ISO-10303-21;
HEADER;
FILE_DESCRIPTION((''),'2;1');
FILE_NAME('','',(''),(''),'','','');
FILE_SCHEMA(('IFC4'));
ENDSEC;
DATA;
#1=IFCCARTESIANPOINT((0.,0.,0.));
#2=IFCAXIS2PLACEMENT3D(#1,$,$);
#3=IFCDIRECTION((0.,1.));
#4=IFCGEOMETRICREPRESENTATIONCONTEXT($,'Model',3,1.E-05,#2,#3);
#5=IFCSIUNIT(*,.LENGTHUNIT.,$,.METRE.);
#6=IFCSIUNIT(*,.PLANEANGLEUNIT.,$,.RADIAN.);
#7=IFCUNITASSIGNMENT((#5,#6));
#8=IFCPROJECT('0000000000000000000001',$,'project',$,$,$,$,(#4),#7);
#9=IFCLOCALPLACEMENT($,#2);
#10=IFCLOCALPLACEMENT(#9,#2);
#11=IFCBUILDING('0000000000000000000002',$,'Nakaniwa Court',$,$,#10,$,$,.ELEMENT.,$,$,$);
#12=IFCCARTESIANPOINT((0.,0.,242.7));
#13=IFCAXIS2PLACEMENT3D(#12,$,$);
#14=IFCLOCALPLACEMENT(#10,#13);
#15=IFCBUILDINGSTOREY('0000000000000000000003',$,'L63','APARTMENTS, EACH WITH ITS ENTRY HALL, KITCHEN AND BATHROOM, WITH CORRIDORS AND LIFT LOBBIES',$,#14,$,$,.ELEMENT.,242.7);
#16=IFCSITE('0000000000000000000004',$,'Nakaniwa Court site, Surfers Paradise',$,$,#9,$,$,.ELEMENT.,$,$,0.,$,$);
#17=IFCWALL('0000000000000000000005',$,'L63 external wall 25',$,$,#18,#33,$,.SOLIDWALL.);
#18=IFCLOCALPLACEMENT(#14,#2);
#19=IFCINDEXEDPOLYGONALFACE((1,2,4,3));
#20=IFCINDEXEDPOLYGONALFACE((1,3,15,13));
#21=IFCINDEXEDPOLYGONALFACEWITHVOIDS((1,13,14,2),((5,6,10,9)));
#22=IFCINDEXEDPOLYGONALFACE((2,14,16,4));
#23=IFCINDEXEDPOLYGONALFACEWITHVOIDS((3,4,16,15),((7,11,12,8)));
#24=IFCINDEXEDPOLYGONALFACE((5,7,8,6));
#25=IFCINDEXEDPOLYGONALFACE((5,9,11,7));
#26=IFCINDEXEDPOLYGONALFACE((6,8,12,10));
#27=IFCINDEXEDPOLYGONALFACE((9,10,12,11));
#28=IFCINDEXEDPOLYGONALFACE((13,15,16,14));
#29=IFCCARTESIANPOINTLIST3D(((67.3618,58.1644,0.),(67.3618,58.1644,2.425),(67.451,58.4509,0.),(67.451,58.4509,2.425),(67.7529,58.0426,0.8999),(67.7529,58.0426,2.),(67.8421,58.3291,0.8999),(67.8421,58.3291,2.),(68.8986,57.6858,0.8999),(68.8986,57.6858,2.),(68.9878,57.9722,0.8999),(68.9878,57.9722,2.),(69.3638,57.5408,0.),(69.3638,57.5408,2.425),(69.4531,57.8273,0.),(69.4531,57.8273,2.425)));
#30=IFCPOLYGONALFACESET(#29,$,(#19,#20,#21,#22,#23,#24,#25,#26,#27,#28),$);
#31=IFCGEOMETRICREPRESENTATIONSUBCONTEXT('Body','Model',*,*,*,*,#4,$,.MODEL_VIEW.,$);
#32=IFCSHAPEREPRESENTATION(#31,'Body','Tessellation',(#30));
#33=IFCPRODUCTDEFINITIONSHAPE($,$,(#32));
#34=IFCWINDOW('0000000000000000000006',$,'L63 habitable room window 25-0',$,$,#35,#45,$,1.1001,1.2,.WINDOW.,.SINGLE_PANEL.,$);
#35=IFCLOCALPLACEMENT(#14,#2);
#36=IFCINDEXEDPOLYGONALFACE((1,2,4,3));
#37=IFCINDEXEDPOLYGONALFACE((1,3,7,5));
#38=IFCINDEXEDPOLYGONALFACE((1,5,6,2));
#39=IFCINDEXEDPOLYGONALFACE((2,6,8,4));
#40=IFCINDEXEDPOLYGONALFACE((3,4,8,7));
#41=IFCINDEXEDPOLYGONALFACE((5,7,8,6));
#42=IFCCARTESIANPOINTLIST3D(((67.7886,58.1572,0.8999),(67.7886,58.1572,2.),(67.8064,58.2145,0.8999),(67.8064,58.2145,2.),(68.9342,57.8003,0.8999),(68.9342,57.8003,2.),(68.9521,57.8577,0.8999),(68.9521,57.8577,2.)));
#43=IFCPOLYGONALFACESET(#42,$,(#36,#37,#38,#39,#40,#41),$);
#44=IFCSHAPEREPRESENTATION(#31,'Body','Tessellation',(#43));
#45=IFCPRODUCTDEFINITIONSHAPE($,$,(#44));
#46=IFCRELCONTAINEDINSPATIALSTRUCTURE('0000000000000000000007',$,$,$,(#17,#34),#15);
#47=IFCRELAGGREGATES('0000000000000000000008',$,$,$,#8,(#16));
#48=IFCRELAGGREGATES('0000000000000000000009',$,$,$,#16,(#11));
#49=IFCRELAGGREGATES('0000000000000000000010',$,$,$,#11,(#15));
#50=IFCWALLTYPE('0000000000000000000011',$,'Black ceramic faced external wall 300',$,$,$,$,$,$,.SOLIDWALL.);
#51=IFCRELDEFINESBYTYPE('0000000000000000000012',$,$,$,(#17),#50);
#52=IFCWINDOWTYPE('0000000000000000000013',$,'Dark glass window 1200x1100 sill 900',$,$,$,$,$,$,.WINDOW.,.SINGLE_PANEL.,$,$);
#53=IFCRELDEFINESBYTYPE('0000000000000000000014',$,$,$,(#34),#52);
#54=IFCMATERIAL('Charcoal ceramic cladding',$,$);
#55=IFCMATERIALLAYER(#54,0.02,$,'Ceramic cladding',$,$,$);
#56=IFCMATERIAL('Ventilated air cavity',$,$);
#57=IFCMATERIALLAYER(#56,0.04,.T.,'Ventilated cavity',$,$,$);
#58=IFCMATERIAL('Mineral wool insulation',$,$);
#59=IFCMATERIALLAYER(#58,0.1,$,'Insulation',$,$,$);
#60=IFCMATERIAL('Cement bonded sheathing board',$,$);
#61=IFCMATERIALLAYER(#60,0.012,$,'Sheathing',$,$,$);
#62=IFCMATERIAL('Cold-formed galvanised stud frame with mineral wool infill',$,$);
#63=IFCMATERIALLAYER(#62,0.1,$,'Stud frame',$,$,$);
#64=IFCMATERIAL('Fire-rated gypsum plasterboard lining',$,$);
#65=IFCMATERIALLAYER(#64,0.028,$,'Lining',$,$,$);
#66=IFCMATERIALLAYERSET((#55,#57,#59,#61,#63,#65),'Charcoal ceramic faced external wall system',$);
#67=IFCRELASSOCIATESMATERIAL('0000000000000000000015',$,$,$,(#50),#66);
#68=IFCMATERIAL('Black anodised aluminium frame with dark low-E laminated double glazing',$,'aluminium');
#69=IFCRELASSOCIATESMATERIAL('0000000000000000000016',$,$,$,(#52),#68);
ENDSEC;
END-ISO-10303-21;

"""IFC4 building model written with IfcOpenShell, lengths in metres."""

from ifc_helpers import new_model, si_unit, direction, frame, frame_2d, origin, place, context, subcontext, project, spatial, rectangle, extrude, material, layer, layer_set, type_object, element, fill, save


model = new_model("IFC4")

# Units and contexts
model_context = context("Model", 3, precision=1e-05, world=origin(), true_north=direction((0.0, 1.0)))
body_context = subcontext(model_context, "Body", "Model", "MODEL_VIEW")
ifc_project = project(units=[si_unit("LENGTHUNIT", "METRE"), si_unit("PLANEANGLEUNIT", "RADIAN")], contexts=[model_context])

# Site, building, storey
site_placement = place(None, origin())
site = spatial("IfcSite", under=ifc_project, at=site_placement, Name="Nakaniwa Court site, Surfers Paradise", CompositionType="ELEMENT", RefElevation=0.0)
building_placement = place(site_placement, origin())
building = spatial("IfcBuilding", under=site, at=building_placement, Name="Nakaniwa Court", CompositionType="ELEMENT")
storey_placement = place(building_placement, frame((0.0, 0.0, 242.7)))
storey = spatial("IfcBuildingStorey", under=building, at=storey_placement, Name="L63", Description="APARTMENTS, EACH WITH ITS ENTRY HALL, KITCHEN AND BATHROOM, WITH CORRIDORS AND LIFT LOBBIES", CompositionType="ELEMENT", Elevation=242.7)

# Wall, opening, window
ifc_material_1 = material(Name="Charcoal ceramic cladding")
ifc_layer_1 = layer(ifc_material_1, 0.02, Name="Ceramic cladding")
ifc_material_2 = material(Name="Ventilated air cavity")
ifc_layer_2 = layer(ifc_material_2, 0.04, ventilated=True, Name="Ventilated cavity")
ifc_material_3 = material(Name="Mineral wool insulation")
ifc_layer_3 = layer(ifc_material_3, 0.1, Name="Insulation")
ifc_material_4 = material(Name="Cement bonded sheathing board")
ifc_layer_4 = layer(ifc_material_4, 0.012, Name="Sheathing")
ifc_material_5 = material(Name="Cold-formed galvanised stud frame with mineral wool infill")
ifc_layer_5 = layer(ifc_material_5, 0.1, Name="Stud frame")
ifc_material_6 = material(Name="Fire-rated gypsum plasterboard lining")
ifc_layer_6 = layer(ifc_material_6, 0.028, Name="Lining")
ifc_layer_set_1 = layer_set([ifc_layer_1, ifc_layer_2, ifc_layer_3, ifc_layer_4, ifc_layer_5, ifc_layer_6], Name="Charcoal ceramic faced external wall system")
wall_type_1 = type_object("IfcWallType", Name="Black ceramic faced external wall 300", PredefinedType="SOLIDWALL", material=ifc_layer_set_1)
ifc_material_7 = material(Name="Black anodised aluminium frame with dark low-E laminated double glazing", Category="aluminium")
window_type_1 = type_object("IfcWindowType", Name="Dark glass window 1200x1100 sill 900", PartitioningType="SINGLE_PANEL", PredefinedType="WINDOW", material=ifc_material_7)
wall_1_placement = place(storey_placement, frame((67.4065, 58.3076, 0.0), z_axis=(0.0, 0.0, 1.0), x_axis=(0.954761, -0.297373, 0.0)))
wall_1 = element("IfcWall", 1, at=wall_1_placement, inside=storey, type_object=wall_type_1, Name="L63 external wall 25", PredefinedType="SOLIDWALL", context=body_context, shape_type="SweptSolid", body=[
    extrude(rectangle(XDim=2.0969, YDim=0.3, at=frame_2d((1.0483, 0.0))), origin(), (0.0, 0.0, 1.0), 2.425),
])
opening_1_placement = place(wall_1_placement, frame((0.4094, 0.0, 0.8999)))
opening_1 = element("IfcOpeningElement", 2, at=opening_1_placement, cuts=wall_1, PredefinedType="OPENING", context=body_context, shape_type="SweptSolid", body=[
    extrude(rectangle(XDim=1.2, YDim=1.1001, at=frame_2d((0.6001, 0.55))), frame((0.0, 0.1599, 0.0), z_axis=(0.0, -1.0, 0.0), x_axis=(1.0, 0.0, 0.0)), (0.0, 0.0, 1.0), 0.3201),
])
window_1_placement = place(opening_1_placement, origin())
window_1 = element("IfcWindow", 3, at=window_1_placement, inside=storey, type_object=window_type_1, Name="L63 habitable room window 25-0", OverallHeight=1.1001, OverallWidth=1.2, PartitioningType="SINGLE_PANEL", PredefinedType="WINDOW", context=body_context, shape_type="SweptSolid", body=[
    extrude(rectangle(XDim=1.2, YDim=1.1001, at=frame_2d((0.6001, 0.55))), frame((0.0, 0.03, 0.0), z_axis=(0.0, -1.0, 0.0), x_axis=(1.0, 0.0, 0.0)), (0.0, 0.0, 1.0), 0.0601),
])
fill(opening_1, window_1)

save(model, "model.ifc")
